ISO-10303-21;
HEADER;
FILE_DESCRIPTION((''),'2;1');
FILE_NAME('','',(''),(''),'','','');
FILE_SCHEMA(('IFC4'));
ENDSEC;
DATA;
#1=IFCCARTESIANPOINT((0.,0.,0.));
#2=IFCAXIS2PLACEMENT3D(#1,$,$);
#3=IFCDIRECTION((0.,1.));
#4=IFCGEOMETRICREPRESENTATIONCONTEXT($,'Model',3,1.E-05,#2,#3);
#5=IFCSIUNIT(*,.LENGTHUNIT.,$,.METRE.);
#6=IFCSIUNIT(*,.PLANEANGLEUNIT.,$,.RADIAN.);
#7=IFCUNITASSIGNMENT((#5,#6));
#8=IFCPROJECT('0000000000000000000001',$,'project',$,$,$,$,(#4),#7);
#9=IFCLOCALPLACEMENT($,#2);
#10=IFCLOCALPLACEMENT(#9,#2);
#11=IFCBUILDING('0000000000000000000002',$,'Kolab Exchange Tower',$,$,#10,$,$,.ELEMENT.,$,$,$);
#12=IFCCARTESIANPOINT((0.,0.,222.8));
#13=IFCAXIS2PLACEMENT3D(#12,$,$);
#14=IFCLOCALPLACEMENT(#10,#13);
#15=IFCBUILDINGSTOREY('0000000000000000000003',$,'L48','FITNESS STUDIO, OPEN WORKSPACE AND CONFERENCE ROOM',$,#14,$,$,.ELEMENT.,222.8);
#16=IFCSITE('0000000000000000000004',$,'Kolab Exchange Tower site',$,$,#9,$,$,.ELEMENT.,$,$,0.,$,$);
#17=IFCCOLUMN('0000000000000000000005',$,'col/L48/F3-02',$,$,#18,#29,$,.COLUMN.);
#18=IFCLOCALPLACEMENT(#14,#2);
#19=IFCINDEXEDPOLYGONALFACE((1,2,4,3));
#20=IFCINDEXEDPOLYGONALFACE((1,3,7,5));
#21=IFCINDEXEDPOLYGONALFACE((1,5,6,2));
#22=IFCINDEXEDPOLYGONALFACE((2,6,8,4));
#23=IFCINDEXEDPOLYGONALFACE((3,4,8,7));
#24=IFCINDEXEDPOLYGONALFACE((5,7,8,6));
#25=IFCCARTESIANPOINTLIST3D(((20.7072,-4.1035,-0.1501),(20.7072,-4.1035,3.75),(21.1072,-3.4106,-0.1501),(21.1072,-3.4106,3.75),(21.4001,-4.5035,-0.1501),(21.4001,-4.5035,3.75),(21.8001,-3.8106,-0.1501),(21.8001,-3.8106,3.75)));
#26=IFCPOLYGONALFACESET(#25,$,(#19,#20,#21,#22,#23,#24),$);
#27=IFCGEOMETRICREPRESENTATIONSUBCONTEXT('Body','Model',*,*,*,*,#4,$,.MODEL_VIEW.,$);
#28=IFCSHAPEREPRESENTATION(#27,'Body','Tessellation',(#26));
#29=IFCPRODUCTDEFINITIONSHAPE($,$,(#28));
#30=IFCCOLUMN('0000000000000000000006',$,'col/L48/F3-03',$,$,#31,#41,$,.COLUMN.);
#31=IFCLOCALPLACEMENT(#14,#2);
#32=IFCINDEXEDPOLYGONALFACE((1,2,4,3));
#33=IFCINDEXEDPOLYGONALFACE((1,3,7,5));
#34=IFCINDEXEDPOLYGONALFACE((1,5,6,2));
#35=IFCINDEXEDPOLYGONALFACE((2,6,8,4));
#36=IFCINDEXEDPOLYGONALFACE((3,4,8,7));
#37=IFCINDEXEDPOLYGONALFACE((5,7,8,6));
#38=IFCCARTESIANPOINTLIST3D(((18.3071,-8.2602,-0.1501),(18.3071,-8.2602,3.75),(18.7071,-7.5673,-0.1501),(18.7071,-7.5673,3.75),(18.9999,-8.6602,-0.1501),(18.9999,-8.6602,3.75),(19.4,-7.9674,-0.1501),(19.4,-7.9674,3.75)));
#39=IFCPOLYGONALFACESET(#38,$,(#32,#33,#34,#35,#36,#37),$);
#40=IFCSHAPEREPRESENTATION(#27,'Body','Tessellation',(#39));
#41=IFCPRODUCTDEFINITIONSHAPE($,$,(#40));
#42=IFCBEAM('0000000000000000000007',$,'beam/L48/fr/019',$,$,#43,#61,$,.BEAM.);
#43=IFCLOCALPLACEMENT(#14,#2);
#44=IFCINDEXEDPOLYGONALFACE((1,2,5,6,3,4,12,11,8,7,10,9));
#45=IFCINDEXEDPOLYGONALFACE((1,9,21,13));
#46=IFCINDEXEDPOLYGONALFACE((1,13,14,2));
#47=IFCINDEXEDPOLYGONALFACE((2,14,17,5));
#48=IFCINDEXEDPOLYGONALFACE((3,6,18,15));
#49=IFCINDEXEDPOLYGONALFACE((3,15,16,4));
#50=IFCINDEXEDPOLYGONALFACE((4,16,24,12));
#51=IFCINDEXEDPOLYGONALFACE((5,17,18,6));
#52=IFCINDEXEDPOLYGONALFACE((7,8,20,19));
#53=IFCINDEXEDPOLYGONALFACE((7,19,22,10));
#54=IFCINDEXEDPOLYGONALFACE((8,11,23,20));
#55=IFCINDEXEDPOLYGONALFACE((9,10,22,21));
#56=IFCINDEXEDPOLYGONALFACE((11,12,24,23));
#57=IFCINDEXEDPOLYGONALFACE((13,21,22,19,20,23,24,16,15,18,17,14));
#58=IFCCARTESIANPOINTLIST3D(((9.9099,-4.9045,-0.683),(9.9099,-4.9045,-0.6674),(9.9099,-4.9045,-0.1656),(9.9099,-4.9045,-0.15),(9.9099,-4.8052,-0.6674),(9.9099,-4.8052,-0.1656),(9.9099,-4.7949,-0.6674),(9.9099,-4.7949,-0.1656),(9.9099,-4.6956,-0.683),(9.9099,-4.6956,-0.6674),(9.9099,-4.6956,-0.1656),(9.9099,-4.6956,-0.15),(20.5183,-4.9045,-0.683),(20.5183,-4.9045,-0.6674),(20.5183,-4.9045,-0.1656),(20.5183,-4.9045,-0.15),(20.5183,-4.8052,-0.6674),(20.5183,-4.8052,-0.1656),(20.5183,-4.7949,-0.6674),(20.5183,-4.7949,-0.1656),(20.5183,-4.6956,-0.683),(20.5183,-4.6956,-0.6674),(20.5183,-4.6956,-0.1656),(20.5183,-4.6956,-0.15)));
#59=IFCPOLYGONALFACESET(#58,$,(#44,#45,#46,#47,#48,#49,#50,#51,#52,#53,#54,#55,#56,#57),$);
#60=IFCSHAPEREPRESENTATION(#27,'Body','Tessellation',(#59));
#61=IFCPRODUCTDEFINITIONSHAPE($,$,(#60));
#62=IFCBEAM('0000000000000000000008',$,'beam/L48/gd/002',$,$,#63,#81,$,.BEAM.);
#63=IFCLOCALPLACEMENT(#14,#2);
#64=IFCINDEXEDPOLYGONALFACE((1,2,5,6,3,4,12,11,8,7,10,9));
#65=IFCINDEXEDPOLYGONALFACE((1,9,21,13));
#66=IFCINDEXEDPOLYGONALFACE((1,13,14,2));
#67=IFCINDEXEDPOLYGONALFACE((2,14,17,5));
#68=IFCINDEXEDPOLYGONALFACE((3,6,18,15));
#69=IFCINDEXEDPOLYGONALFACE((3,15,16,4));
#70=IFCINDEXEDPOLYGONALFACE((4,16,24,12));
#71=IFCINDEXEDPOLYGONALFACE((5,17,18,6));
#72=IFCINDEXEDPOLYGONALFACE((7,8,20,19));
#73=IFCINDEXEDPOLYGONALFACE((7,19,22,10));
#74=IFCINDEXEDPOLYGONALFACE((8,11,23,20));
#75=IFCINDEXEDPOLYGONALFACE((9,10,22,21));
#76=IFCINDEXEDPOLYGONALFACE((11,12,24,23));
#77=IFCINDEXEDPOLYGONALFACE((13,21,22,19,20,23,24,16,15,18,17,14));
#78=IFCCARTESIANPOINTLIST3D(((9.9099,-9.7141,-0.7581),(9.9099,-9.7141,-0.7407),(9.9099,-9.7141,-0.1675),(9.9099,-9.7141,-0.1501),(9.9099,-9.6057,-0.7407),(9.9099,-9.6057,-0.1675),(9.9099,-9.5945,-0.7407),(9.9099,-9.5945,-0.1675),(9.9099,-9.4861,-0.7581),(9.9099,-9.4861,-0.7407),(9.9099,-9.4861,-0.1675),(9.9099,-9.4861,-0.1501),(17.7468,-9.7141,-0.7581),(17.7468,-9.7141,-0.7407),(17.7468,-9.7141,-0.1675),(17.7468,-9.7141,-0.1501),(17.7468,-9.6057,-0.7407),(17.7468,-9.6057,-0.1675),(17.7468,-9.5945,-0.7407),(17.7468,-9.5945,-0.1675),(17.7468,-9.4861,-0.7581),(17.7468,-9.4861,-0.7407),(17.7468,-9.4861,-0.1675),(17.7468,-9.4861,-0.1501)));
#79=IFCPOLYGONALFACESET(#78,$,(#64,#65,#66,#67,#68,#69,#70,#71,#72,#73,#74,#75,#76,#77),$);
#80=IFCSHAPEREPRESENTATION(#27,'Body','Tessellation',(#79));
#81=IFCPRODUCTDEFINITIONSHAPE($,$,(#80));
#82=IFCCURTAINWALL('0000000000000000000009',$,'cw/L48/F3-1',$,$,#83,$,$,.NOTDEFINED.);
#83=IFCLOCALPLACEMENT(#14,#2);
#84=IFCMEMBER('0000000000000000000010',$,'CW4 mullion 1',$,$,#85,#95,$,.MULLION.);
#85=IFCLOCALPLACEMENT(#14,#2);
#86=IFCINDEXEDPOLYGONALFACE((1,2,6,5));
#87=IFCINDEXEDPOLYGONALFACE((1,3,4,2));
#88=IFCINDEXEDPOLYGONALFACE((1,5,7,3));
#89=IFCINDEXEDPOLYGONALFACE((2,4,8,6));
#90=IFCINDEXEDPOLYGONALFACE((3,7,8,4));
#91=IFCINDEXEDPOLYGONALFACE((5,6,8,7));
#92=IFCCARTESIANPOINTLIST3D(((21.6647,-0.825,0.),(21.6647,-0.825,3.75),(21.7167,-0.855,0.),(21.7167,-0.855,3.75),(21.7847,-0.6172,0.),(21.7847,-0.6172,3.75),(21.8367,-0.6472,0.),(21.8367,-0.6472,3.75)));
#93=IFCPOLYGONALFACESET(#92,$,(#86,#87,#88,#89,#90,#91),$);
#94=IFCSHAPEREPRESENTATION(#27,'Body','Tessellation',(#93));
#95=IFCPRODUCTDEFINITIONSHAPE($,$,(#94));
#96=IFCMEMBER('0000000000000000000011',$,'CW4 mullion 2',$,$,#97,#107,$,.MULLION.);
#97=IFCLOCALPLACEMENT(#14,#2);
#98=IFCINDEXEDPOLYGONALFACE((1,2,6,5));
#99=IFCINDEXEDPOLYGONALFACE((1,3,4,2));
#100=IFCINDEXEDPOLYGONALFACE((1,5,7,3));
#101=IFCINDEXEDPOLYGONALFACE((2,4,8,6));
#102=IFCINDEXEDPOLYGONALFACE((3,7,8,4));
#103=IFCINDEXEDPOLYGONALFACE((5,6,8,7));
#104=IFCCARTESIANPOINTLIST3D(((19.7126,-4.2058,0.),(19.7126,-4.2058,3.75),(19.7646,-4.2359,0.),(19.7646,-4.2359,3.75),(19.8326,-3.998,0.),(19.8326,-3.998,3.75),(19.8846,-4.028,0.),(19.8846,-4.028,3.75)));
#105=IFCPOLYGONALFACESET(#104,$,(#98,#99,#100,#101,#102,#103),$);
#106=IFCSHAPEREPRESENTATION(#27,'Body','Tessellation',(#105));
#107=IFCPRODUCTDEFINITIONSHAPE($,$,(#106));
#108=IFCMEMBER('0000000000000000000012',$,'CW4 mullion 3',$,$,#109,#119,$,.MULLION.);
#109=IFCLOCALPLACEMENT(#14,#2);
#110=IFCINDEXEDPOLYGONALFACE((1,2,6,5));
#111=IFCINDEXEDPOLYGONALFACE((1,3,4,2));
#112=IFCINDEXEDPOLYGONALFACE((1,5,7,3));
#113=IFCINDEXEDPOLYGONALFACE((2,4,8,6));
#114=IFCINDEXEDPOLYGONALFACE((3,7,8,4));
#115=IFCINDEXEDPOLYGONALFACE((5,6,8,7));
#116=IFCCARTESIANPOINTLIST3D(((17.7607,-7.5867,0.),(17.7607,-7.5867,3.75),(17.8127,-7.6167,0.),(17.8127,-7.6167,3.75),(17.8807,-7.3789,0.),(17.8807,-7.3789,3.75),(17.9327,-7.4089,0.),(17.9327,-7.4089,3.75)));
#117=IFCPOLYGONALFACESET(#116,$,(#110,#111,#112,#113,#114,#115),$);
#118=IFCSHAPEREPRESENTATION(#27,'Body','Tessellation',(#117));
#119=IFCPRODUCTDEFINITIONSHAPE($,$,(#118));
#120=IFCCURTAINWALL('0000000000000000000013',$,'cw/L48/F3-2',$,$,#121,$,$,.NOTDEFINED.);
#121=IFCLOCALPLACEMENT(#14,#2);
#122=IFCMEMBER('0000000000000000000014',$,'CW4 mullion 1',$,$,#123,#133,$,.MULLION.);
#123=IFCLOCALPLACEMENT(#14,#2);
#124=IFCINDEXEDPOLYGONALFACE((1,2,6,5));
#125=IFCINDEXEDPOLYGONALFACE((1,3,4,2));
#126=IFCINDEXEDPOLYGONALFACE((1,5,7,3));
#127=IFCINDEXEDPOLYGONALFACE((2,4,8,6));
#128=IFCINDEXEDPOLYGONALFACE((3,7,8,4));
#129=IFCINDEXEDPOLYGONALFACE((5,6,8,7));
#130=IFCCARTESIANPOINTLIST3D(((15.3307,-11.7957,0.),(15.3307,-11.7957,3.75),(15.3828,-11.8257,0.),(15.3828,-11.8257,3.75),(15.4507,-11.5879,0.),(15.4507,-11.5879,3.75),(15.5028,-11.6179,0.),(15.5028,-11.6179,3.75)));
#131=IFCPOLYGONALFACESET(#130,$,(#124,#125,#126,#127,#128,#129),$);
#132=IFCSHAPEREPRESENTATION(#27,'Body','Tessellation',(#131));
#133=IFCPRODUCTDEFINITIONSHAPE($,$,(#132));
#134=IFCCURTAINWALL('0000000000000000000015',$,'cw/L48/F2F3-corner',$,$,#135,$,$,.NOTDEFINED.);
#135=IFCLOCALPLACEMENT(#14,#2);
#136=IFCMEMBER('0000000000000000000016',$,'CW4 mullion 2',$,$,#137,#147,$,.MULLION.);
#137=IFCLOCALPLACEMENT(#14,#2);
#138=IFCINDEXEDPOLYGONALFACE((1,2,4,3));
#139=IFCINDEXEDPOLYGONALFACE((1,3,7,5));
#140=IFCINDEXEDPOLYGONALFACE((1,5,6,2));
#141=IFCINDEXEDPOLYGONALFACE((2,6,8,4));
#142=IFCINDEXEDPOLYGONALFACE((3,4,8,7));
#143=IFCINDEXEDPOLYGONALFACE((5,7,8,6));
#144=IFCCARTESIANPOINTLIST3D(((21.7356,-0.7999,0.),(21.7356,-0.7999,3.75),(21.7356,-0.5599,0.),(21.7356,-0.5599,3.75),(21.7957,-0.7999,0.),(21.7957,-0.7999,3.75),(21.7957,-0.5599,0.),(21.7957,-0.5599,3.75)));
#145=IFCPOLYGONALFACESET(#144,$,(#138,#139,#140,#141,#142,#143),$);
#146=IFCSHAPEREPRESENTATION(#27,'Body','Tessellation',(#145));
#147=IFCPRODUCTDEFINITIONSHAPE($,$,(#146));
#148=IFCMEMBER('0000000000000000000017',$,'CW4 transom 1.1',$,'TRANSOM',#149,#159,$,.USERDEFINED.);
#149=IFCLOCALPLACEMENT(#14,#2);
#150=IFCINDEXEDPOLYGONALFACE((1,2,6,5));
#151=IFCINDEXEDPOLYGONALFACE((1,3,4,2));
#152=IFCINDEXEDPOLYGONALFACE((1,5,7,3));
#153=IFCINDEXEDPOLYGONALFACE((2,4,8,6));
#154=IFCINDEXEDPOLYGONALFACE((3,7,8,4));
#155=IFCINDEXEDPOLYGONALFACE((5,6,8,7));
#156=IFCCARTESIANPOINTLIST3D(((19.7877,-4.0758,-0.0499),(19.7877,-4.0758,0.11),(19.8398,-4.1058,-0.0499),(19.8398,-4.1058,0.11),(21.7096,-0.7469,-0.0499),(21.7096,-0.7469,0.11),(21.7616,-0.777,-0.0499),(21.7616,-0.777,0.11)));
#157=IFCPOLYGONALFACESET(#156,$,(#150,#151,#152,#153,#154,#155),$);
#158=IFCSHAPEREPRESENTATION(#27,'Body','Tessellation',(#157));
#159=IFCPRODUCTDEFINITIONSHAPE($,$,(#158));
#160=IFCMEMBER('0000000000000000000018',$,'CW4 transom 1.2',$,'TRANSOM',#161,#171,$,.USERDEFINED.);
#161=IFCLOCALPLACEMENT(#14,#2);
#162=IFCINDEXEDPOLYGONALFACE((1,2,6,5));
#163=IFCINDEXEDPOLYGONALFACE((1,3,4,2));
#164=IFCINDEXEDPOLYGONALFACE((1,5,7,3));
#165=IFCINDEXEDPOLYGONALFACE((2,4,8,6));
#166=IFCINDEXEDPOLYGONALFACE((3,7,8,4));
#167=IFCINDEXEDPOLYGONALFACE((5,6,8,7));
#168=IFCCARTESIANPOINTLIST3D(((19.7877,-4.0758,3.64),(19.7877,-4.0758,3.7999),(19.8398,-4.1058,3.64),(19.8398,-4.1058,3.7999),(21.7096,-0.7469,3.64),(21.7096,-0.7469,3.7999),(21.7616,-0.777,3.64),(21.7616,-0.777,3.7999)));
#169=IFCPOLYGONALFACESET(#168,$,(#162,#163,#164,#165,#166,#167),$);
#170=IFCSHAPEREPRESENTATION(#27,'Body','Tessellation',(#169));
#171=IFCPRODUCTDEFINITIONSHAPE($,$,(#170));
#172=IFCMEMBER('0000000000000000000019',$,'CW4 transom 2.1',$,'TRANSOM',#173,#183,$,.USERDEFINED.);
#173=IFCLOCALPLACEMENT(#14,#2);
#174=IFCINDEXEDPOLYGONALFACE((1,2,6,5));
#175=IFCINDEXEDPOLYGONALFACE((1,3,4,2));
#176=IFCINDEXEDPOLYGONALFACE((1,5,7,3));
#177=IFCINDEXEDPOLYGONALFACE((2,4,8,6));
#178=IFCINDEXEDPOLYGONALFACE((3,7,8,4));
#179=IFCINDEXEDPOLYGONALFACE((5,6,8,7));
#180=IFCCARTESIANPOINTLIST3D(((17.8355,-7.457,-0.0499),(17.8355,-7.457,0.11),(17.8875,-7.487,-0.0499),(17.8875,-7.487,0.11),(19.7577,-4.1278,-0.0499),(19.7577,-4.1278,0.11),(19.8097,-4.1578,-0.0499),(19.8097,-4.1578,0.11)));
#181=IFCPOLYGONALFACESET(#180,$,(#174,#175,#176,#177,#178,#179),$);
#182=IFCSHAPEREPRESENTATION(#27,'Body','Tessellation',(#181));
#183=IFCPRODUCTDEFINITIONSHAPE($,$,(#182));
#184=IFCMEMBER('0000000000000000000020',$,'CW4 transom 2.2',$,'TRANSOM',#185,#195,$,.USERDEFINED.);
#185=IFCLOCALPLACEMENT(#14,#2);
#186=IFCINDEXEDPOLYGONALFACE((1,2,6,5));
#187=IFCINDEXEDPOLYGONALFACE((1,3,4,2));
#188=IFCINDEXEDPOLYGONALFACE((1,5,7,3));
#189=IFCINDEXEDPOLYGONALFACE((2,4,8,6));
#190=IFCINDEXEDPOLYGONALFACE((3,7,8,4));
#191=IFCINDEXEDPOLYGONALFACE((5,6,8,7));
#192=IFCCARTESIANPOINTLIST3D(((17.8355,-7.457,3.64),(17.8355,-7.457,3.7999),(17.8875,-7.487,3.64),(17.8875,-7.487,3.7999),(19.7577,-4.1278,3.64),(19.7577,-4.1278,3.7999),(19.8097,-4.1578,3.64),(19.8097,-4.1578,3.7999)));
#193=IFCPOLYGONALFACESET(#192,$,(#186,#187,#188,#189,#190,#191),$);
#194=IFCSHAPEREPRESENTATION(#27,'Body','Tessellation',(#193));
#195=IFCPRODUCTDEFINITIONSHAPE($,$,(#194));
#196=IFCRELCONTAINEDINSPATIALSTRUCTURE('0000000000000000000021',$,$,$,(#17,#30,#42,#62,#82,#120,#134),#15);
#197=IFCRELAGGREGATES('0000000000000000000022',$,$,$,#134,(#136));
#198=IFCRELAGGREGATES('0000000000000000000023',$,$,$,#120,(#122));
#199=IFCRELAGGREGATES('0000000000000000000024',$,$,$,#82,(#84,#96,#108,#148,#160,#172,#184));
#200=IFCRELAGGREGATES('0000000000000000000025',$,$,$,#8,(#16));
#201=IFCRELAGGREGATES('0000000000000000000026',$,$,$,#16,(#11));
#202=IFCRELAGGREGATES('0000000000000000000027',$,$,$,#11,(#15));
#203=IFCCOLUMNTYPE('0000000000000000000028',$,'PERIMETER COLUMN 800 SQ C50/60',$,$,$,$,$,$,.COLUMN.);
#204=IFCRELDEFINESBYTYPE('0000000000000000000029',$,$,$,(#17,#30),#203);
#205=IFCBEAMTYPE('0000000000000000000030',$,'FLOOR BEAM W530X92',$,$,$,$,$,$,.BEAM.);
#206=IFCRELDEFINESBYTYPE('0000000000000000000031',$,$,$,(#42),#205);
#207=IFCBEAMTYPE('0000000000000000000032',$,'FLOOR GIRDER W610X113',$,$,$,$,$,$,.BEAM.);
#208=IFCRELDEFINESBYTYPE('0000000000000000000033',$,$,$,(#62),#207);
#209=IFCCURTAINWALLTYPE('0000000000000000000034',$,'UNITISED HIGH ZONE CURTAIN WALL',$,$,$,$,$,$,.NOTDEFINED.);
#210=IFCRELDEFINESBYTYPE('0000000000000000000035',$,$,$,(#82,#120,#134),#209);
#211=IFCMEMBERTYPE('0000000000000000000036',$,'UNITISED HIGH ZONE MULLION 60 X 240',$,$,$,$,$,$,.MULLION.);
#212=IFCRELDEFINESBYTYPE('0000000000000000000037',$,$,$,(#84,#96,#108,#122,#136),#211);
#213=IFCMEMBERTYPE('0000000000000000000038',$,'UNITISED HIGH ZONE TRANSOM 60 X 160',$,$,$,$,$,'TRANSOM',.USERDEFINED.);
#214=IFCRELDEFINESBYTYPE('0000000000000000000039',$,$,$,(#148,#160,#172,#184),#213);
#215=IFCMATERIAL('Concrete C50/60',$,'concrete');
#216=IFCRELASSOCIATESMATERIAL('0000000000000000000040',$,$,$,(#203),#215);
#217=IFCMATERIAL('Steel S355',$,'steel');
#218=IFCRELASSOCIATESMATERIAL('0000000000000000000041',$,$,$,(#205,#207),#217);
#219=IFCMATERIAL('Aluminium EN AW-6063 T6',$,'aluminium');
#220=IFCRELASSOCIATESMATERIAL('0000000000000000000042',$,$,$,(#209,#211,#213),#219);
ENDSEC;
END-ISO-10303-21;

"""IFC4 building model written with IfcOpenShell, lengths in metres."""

from ifc_helpers import new_model, si_unit, direction, frame, origin, origin_2d, place, context, subcontext, project, spatial, rectangle, i_section, extrude, material, material_profile, profile_set, type_object, element, aggregate, save


model = new_model("IFC4")

# Units and contexts
model_context = context("Model", 3, precision=1e-05, world=origin(), true_north=direction((0.0, 1.0)))
body_context = subcontext(model_context, "Body", "Model", "MODEL_VIEW")
ifc_project = project(units=[si_unit("LENGTHUNIT", "METRE"), si_unit("PLANEANGLEUNIT", "RADIAN")], contexts=[model_context])

# Site, building, storey
site_placement = place(None, origin())
site = spatial("IfcSite", under=ifc_project, at=site_placement, Name="Kolab Exchange Tower site", CompositionType="ELEMENT", RefElevation=0.0)
building_placement = place(site_placement, origin())
building = spatial("IfcBuilding", under=site, at=building_placement, Name="Kolab Exchange Tower", CompositionType="ELEMENT")
storey_placement = place(building_placement, frame((0.0, 0.0, 222.8)))
storey = spatial("IfcBuildingStorey", under=building, at=storey_placement, Name="L48", Description="FITNESS STUDIO, OPEN WORKSPACE AND CONFERENCE ROOM", CompositionType="ELEMENT", Elevation=222.8)

# Columns
ifc_material_1 = material(Name="Concrete C50/60", Category="concrete")
ifc_material_profile_1 = material_profile(ifc_material_1, rectangle(XDim=0.8, YDim=0.8, at=origin_2d()), Name="RC800")
ifc_profile_set_1 = profile_set([ifc_material_profile_1], Name="Concrete C50/60")
column_type = type_object("IfcColumnType", Name="PERIMETER COLUMN 800 SQ C50/60", PredefinedType="COLUMN", material=ifc_profile_set_1)
for number, where, z_axis, x_axis, name in (
    (1, (21.2537, -3.957, -0.1501), (0.0, 0.0, 1.0), (0.5, 0.866025, 0.0), "col/L48/F3-02"),
    (2, (18.8535, -8.1138, -0.1501), (0.0, 0.0, 1.0), (0.5, 0.866025, 0.0), "col/L48/F3-03"),
):
    element("IfcColumn", number, at=place(storey_placement, frame(where, z_axis=z_axis, x_axis=x_axis)), inside=storey, type_object=column_type, Name=name, PredefinedType="COLUMN", context=body_context, shape_type="SweptSolid", body=[
        extrude(rectangle(XDim=0.8, YDim=0.8, at=origin_2d()), origin(), (0.0, 0.0, 1.0), 3.9001),
    ])

# Beams
ifc_material_2 = material(Name="Steel S355", Category="steel")
ifc_material_profile_2 = material_profile(ifc_material_2, i_section(OverallWidth=0.209, OverallDepth=0.533, WebThickness=0.0103, FlangeThickness=0.0156, at=origin_2d()), Name="W530X92")
ifc_profile_set_2 = profile_set([ifc_material_profile_2], Name="Steel S355")
beam_type_1 = type_object("IfcBeamType", Name="FLOOR BEAM W530X92", PredefinedType="BEAM", material=ifc_profile_set_2)
beam_1_placement = place(storey_placement, frame((9.9099, -4.8, -0.4165), z_axis=(1.0, 0.0, 0.0), x_axis=(0.0, 1.0, 0.0)))
element("IfcBeam", 3, at=beam_1_placement, inside=storey, type_object=beam_type_1, Name="beam/L48/fr/019", PredefinedType="BEAM", context=body_context, shape_type="SweptSolid", body=[
    extrude(i_section(OverallWidth=0.209, OverallDepth=0.533, WebThickness=0.0103, FlangeThickness=0.0156, at=origin_2d()), origin(), (0.0, 0.0, 1.0), 10.6084),
])
ifc_material_profile_3 = material_profile(ifc_material_2, i_section(OverallWidth=0.228, OverallDepth=0.6079, WebThickness=0.0112, FlangeThickness=0.0173, at=origin_2d()), Name="W610X113")
ifc_profile_set_3 = profile_set([ifc_material_profile_3], Name="Steel S355")
beam_type_2 = type_object("IfcBeamType", Name="FLOOR GIRDER W610X113", PredefinedType="BEAM", material=ifc_profile_set_3)
beam_2_placement = place(storey_placement, frame((9.9099, -9.6001, -0.4541), z_axis=(1.0, 0.0, 0.0), x_axis=(0.0, 1.0, 0.0)))
element("IfcBeam", 4, at=beam_2_placement, inside=storey, type_object=beam_type_2, Name="beam/L48/gd/002", PredefinedType="BEAM", context=body_context, shape_type="SweptSolid", body=[
    extrude(i_section(OverallWidth=0.228, OverallDepth=0.6079, WebThickness=0.0112, FlangeThickness=0.0173, at=origin_2d()), origin(), (0.0, 0.0, 1.0), 7.8369),
])

# Curtain wall, members
ifc_material_3 = material(Name="Aluminium EN AW-6063 T6", Category="aluminium")
curtain_wall_type = type_object("IfcCurtainWallType", Name="UNITISED HIGH ZONE CURTAIN WALL", PredefinedType="NOTDEFINED", material=ifc_material_3)
curtain_wall_1_placement = place(storey_placement, origin())
curtain_wall_1 = element("IfcCurtainWall", 5, at=curtain_wall_1_placement, inside=storey, type_object=curtain_wall_type, Name="cw/L48/F3-1", PredefinedType="NOTDEFINED")
ifc_material_profile_4 = material_profile(ifc_material_3, rectangle(XDim=0.0601, YDim=0.24, at=origin_2d()), Name="RECT 60X240")
ifc_profile_set_4 = profile_set([ifc_material_profile_4], Name="Aluminium EN AW-6063 T6")
member_type_1 = type_object("IfcMemberType", Name="UNITISED HIGH ZONE MULLION 60 X 240", PredefinedType="MULLION", material=ifc_profile_set_4)
member_1_placement = place(storey_placement, frame((21.7507, -0.7361, 0.0), z_axis=(0.0, 0.0, 1.0), x_axis=(0.866025, -0.5, 0.0)))
member_1 = element("IfcMember", 6, at=member_1_placement, type_object=member_type_1, Name="CW4 mullion 1", PredefinedType="MULLION", context=body_context, shape_type="SweptSolid", body=[
    extrude(rectangle(XDim=0.0601, YDim=0.24, at=origin_2d()), origin(), (0.0, 0.0, 1.0), 3.75),
])
member_2_placement = place(storey_placement, frame((19.7986, -4.1169, 0.0), z_axis=(0.0, 0.0, 1.0), x_axis=(0.866025, -0.5, 0.0)))
member_2 = element("IfcMember", 7, at=member_2_placement, type_object=member_type_1, Name="CW4 mullion 2", PredefinedType="MULLION", context=body_context, shape_type="SweptSolid", body=[
    extrude(rectangle(XDim=0.0601, YDim=0.24, at=origin_2d()), origin(), (0.0, 0.0, 1.0), 3.75),
])
member_3_placement = place(storey_placement, frame((17.8467, -7.4978, 0.0), z_axis=(0.0, 0.0, 1.0), x_axis=(0.866025, -0.5, 0.0)))
member_3 = element("IfcMember", 8, at=member_3_placement, type_object=member_type_1, Name="CW4 mullion 3", PredefinedType="MULLION", context=body_context, shape_type="SweptSolid", body=[
    extrude(rectangle(XDim=0.0601, YDim=0.24, at=origin_2d()), origin(), (0.0, 0.0, 1.0), 3.75),
])

# Curtain walls, members
curtain_wall_2_placement = place(storey_placement, origin())
curtain_wall_2 = element("IfcCurtainWall", 9, at=curtain_wall_2_placement, inside=storey, type_object=curtain_wall_type, Name="cw/L48/F3-2", PredefinedType="NOTDEFINED")
member_4_placement = place(storey_placement, frame((15.4167, -11.7068, 0.0), z_axis=(0.0, 0.0, 1.0), x_axis=(0.866025, -0.5, 0.0)))
member_4 = element("IfcMember", 10, at=member_4_placement, type_object=member_type_1, Name="CW4 mullion 1", PredefinedType="MULLION", context=body_context, shape_type="SweptSolid", body=[
    extrude(rectangle(XDim=0.0601, YDim=0.24, at=origin_2d()), origin(), (0.0, 0.0, 1.0), 3.75),
])
curtain_wall_3_placement = place(storey_placement, origin())
curtain_wall_3 = element("IfcCurtainWall", 11, at=curtain_wall_3_placement, inside=storey, type_object=curtain_wall_type, Name="cw/L48/F2F3-corner", PredefinedType="NOTDEFINED")
member_5_placement = place(storey_placement, frame((21.7656, -0.6799, 0.0), z_axis=(0.0, 0.0, 1.0), x_axis=(1.0, 0.0, 0.0)))
member_5 = element("IfcMember", 12, at=member_5_placement, type_object=member_type_1, Name="CW4 mullion 2", PredefinedType="MULLION", context=body_context, shape_type="SweptSolid", body=[
    extrude(rectangle(XDim=0.0601, YDim=0.24, at=origin_2d()), origin(), (0.0, 0.0, 1.0), 3.75),
])
aggregate(curtain_wall_3, [member_5])

# Members
ifc_material_profile_5 = material_profile(ifc_material_3, rectangle(XDim=0.0601, YDim=0.1599, at=origin_2d()), Name="RECT 60X160")
ifc_profile_set_5 = profile_set([ifc_material_profile_5], Name="Aluminium EN AW-6063 T6")
member_type_2 = type_object("IfcMemberType", Name="UNITISED HIGH ZONE TRANSOM 60 X 160", ElementType="TRANSOM", PredefinedType="USERDEFINED", material=ifc_profile_set_5)
member_6_placement = place(storey_placement, frame((21.7356, -0.762, 0.03), z_axis=(-0.499992, -0.86603, 0.0), x_axis=(0.86603, -0.499992, 0.0)))
member_6 = element("IfcMember", 13, at=member_6_placement, type_object=member_type_2, Name="CW4 transom 1.1", ObjectType="TRANSOM", PredefinedType="USERDEFINED", context=body_context, shape_type="SweptSolid", body=[
    extrude(rectangle(XDim=0.0601, YDim=0.1599, at=origin_2d()), origin(), (0.0, 0.0, 1.0), 3.8438),
])
member_7_placement = place(storey_placement, frame((21.7356, -0.762, 3.72), z_axis=(-0.499992, -0.86603, 0.0), x_axis=(0.86603, -0.499992, 0.0)))
member_7 = element("IfcMember", 14, at=member_7_placement, type_object=member_type_2, Name="CW4 transom 1.2", ObjectType="TRANSOM", PredefinedType="USERDEFINED", context=body_context, shape_type="SweptSolid", body=[
    extrude(rectangle(XDim=0.0601, YDim=0.1599, at=origin_2d()), origin(), (0.0, 0.0, 1.0), 3.8438),
])
member_8_placement = place(storey_placement, frame((19.7837, -4.1428, 0.03), z_axis=(-0.500012, -0.866018, 0.0), x_axis=(0.866018, -0.500012, 0.0)))
member_8 = element("IfcMember", 15, at=member_8_placement, type_object=member_type_2, Name="CW4 transom 2.1", ObjectType="TRANSOM", PredefinedType="USERDEFINED", context=body_context, shape_type="SweptSolid", body=[
    extrude(rectangle(XDim=0.0601, YDim=0.1599, at=origin_2d()), origin(), (0.0, 0.0, 1.0), 3.8442),
])
member_9_placement = place(storey_placement, frame((19.7837, -4.1428, 3.72), z_axis=(-0.500012, -0.866018, 0.0), x_axis=(0.866018, -0.500012, 0.0)))
member_9 = element("IfcMember", 16, at=member_9_placement, type_object=member_type_2, Name="CW4 transom 2.2", ObjectType="TRANSOM", PredefinedType="USERDEFINED", context=body_context, shape_type="SweptSolid", body=[
    extrude(rectangle(XDim=0.0601, YDim=0.1599, at=origin_2d()), origin(), (0.0, 0.0, 1.0), 3.8442),
])
aggregate(curtain_wall_2, [member_4])

aggregate(curtain_wall_1, [member_1, member_2, member_3, member_6, member_7, member_8, member_9])

save(model, "model.ifc")
